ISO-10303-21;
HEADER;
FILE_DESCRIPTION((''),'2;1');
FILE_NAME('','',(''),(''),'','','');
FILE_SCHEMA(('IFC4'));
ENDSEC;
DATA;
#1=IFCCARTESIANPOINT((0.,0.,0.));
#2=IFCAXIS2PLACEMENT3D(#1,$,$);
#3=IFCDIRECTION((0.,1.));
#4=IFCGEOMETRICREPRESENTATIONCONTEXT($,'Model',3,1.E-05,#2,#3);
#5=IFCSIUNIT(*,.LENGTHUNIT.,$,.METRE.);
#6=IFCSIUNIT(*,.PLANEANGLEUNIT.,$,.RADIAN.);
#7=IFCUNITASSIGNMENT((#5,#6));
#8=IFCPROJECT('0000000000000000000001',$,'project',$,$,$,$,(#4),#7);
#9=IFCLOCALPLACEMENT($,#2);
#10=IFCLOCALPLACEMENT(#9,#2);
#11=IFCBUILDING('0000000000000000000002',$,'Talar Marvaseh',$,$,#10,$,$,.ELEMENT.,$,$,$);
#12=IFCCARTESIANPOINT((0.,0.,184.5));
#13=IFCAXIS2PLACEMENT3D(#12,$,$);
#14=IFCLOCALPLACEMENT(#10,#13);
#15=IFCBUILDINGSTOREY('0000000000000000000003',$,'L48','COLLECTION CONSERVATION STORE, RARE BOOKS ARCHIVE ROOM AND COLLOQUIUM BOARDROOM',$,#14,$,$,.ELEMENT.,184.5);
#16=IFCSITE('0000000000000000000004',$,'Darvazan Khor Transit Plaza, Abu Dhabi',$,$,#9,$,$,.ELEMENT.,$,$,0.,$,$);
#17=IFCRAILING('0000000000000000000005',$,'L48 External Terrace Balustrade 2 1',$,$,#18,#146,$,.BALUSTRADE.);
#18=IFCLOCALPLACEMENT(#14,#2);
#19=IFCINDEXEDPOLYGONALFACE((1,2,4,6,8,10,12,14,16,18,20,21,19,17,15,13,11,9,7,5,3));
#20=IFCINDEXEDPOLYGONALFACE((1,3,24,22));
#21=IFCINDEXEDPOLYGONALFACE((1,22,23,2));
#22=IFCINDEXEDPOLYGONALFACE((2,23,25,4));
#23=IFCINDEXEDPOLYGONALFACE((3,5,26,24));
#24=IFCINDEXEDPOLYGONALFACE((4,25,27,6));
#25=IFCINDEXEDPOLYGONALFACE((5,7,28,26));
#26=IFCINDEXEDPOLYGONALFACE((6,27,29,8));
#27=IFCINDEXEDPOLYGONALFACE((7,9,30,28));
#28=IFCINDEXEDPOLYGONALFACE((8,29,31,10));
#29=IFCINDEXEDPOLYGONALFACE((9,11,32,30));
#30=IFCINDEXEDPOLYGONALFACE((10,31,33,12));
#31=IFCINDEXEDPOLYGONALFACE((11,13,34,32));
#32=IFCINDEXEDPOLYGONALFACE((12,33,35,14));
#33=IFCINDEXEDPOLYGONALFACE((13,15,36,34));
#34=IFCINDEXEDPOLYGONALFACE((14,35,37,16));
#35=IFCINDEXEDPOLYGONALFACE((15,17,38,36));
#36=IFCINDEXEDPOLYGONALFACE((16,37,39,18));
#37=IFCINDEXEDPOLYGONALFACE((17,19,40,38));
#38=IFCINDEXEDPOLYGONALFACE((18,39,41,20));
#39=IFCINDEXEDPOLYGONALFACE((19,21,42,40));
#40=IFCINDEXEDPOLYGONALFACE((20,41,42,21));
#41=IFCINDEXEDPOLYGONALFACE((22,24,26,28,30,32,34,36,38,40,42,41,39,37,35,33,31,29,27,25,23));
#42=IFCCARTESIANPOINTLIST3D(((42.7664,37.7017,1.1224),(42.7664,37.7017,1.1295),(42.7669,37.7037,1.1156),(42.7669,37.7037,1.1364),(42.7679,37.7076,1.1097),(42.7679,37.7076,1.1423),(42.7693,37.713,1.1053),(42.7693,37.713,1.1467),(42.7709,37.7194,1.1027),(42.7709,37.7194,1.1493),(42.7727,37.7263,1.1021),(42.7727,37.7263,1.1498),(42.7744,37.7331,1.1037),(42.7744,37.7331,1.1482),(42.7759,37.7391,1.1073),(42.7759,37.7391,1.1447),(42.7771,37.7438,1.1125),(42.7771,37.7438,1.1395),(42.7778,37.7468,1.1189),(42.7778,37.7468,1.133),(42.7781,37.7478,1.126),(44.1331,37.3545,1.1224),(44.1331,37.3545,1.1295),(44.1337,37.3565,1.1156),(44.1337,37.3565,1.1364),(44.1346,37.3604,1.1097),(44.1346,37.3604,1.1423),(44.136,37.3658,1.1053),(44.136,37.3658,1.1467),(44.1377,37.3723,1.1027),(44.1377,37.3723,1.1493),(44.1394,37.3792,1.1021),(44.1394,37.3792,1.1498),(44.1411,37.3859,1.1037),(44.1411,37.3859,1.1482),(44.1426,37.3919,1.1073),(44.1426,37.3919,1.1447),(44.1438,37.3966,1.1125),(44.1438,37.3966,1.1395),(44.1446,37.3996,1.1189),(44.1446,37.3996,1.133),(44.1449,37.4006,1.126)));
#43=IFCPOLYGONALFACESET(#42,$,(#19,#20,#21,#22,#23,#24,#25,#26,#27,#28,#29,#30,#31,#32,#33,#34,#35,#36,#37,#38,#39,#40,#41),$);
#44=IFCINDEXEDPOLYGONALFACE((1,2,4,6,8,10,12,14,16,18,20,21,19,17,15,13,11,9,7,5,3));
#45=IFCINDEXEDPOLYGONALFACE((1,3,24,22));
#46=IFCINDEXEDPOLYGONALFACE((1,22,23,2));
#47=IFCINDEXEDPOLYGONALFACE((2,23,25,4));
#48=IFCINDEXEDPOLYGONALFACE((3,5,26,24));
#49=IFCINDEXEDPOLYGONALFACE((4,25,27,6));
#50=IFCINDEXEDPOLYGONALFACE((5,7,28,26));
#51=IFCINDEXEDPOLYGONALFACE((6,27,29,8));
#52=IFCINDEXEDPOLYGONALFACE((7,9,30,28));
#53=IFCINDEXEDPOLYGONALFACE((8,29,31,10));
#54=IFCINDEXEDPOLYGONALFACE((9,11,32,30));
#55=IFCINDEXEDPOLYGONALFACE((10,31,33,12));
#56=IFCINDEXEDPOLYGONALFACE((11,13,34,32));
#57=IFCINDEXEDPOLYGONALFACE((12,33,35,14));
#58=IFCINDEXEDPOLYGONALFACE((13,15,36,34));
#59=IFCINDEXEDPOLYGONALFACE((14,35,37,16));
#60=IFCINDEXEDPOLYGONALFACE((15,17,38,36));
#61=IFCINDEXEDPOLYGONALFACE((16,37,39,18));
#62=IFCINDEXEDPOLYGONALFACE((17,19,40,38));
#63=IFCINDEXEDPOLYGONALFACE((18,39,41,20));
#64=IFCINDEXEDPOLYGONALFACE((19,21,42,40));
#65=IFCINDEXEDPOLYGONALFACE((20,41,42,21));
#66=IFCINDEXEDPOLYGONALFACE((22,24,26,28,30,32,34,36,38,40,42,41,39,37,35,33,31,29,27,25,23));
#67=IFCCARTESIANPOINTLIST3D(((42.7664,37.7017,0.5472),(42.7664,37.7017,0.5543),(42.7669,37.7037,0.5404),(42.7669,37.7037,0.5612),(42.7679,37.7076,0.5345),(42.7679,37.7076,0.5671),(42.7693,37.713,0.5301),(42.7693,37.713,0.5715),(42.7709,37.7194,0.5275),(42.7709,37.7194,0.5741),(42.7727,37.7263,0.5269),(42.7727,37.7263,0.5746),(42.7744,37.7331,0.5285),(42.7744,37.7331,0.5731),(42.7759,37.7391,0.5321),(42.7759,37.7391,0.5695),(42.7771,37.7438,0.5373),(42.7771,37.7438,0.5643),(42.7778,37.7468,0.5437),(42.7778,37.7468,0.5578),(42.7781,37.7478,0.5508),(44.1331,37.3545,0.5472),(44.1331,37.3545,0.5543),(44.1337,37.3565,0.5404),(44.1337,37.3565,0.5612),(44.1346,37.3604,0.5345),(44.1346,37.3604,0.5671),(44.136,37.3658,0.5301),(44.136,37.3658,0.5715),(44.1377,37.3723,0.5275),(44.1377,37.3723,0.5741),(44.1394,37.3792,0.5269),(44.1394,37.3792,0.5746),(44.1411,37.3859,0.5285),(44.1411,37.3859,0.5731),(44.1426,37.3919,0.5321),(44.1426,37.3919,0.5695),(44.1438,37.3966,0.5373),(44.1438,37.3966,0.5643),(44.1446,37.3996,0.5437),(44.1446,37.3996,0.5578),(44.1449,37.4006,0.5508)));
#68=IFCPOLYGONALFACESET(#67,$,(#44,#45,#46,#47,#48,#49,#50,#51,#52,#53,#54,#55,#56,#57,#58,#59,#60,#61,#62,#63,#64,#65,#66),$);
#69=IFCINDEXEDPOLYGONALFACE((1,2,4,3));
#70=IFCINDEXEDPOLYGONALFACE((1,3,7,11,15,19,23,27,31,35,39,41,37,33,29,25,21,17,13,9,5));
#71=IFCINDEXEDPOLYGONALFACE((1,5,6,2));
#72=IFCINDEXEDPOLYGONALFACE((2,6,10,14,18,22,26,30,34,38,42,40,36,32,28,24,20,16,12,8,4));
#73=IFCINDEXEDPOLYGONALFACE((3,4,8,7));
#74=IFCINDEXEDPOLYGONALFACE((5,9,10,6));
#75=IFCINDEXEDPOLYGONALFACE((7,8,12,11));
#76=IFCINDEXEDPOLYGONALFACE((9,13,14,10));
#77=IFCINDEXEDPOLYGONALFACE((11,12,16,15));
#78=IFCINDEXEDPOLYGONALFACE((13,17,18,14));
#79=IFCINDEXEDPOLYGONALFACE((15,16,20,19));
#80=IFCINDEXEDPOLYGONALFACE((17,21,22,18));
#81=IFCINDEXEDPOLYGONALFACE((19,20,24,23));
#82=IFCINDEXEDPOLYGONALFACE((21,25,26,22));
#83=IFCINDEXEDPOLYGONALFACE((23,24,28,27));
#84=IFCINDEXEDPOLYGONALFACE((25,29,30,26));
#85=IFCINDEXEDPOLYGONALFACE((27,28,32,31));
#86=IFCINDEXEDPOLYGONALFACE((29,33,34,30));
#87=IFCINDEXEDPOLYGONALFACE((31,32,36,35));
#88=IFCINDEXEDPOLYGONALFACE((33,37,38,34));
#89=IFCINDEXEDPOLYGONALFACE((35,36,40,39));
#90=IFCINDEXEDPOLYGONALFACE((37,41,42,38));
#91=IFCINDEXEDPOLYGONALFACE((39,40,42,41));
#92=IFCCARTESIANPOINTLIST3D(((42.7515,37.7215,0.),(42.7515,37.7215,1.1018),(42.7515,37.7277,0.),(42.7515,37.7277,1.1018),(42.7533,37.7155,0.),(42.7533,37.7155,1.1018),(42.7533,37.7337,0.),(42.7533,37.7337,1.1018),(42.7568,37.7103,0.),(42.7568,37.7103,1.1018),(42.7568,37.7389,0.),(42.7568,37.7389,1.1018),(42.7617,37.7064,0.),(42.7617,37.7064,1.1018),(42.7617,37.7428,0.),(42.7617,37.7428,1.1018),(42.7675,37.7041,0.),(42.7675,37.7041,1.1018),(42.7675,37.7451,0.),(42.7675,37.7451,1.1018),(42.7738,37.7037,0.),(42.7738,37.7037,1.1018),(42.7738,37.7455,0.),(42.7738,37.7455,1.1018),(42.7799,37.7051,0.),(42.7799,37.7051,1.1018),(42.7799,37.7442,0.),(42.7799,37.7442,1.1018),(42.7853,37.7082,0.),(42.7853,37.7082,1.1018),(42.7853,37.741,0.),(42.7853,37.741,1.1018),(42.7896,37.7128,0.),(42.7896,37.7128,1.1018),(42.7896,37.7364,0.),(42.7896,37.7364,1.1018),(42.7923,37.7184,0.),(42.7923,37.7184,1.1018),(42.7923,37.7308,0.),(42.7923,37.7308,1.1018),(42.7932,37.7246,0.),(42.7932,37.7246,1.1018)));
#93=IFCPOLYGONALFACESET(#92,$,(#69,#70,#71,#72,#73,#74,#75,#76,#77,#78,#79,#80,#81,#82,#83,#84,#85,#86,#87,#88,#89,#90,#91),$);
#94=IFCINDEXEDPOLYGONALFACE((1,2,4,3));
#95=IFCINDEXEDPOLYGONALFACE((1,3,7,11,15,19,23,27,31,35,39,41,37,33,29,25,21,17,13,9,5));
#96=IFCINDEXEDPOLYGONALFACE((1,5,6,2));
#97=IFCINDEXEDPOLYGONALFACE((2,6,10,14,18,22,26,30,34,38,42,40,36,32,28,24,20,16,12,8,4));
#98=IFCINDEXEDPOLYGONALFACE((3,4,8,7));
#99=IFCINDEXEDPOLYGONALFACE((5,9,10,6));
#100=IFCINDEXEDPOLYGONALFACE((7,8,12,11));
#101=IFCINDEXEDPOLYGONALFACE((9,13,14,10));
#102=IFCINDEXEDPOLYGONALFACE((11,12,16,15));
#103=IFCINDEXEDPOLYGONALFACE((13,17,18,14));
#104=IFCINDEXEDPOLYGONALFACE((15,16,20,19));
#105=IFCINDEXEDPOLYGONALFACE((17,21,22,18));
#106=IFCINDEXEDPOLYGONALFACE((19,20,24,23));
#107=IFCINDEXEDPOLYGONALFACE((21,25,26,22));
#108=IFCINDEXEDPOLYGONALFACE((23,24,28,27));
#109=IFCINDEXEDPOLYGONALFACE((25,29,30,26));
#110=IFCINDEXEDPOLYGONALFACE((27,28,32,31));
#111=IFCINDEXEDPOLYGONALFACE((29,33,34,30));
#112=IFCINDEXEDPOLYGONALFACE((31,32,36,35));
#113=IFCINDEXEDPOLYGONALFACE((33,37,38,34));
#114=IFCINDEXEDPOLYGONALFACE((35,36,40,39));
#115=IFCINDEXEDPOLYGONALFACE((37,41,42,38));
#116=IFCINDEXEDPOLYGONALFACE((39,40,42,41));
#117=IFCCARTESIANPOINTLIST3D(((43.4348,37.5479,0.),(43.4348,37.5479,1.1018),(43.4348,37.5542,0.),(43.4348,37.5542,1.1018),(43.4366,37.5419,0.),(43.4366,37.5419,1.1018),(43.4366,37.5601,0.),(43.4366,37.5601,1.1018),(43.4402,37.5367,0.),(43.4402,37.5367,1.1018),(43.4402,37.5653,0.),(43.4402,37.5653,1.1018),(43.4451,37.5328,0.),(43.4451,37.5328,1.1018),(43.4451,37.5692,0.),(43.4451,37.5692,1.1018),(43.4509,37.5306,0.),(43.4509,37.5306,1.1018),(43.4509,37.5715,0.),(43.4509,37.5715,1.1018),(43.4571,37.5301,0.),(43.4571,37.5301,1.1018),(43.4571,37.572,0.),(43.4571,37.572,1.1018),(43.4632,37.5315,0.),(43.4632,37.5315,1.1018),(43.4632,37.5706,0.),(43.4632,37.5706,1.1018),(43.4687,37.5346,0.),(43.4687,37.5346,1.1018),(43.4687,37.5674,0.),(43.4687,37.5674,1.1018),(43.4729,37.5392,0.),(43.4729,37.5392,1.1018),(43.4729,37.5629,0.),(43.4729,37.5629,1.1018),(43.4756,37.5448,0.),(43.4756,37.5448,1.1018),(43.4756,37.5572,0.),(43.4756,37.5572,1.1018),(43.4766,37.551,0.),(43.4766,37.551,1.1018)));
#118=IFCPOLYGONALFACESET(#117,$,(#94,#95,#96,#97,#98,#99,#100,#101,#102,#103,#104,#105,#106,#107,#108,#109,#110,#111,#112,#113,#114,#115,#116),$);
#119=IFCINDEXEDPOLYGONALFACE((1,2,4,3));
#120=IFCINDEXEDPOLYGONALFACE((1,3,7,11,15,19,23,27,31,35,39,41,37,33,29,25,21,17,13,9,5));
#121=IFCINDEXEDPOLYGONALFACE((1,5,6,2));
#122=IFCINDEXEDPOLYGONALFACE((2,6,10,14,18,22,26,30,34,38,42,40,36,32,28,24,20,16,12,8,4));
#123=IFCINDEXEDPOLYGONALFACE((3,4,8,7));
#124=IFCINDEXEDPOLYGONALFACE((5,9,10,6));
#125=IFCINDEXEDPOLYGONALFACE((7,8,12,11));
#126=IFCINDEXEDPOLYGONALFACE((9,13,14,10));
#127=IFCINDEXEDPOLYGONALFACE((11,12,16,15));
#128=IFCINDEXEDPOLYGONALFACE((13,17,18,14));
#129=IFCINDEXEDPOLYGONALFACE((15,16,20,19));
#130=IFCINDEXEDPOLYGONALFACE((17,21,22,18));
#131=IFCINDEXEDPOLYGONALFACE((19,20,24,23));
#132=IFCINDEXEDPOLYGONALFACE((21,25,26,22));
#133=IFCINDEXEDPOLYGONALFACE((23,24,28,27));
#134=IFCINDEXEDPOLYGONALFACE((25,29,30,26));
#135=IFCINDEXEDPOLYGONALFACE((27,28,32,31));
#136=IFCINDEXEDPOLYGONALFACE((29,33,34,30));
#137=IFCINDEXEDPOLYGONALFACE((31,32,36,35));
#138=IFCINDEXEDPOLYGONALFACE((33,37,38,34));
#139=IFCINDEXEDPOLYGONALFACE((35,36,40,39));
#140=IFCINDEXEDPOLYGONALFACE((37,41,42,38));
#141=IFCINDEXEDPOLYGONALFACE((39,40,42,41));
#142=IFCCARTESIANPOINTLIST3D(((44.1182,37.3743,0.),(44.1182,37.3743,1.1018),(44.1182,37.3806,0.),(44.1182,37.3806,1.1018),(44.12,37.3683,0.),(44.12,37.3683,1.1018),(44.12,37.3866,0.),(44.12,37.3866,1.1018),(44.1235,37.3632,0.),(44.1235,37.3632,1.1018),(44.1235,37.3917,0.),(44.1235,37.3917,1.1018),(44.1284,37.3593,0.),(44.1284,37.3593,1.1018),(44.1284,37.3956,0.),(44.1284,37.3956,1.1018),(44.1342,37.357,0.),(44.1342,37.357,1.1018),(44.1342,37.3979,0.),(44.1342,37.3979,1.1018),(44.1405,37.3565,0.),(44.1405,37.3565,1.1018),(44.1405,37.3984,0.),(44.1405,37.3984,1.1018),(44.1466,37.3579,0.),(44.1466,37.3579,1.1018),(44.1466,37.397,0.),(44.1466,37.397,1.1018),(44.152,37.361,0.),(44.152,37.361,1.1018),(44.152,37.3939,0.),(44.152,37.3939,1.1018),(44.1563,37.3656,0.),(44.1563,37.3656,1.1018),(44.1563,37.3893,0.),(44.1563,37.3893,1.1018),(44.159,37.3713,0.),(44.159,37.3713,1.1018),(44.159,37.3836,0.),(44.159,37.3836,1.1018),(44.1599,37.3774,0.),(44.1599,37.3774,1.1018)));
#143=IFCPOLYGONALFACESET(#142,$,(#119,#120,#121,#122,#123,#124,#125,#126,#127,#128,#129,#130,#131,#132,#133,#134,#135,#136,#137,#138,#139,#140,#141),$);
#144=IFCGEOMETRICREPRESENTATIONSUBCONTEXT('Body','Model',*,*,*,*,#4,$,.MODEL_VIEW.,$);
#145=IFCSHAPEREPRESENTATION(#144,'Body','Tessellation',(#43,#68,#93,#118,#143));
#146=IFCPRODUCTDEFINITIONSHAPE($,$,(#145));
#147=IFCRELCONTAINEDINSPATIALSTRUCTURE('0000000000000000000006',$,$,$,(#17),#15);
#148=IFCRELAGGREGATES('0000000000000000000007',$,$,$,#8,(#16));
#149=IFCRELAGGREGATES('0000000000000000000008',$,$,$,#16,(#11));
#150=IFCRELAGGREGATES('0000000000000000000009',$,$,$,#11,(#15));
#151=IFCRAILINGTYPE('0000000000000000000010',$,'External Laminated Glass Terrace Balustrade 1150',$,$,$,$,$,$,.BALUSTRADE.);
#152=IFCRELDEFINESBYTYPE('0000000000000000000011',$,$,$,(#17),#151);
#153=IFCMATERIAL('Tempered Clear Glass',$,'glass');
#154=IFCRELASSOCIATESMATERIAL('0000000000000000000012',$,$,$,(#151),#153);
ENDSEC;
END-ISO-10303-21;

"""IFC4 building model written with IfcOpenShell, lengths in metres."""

from ifc_helpers import new_model, si_unit, direction, frame, origin, origin_2d, place, context, subcontext, project, spatial, circle, extrude, material, type_object, element, save


model = new_model("IFC4")

# Units and contexts
model_context = context("Model", 3, precision=1e-05, world=origin(), true_north=direction((0.0, 1.0)))
body_context = subcontext(model_context, "Body", "Model", "MODEL_VIEW")
ifc_project = project(units=[si_unit("LENGTHUNIT", "METRE"), si_unit("PLANEANGLEUNIT", "RADIAN")], contexts=[model_context])

# Site, building, storey
site_placement = place(None, origin())
site = spatial("IfcSite", under=ifc_project, at=site_placement, Name="Darvazan Khor Transit Plaza, Abu Dhabi", CompositionType="ELEMENT", RefElevation=0.0)
building_placement = place(site_placement, origin())
building = spatial("IfcBuilding", under=site, at=building_placement, Name="Talar Marvaseh", CompositionType="ELEMENT")
storey_placement = place(building_placement, frame((0.0, 0.0, 184.5)))
storey = spatial("IfcBuildingStorey", under=building, at=storey_placement, Name="L48", Description="COLLECTION CONSERVATION STORE, RARE BOOKS ARCHIVE ROOM AND COLLOQUIUM BOARDROOM", CompositionType="ELEMENT", Elevation=184.5)

# Railing
ifc_material_1 = material(Name="Tempered Clear Glass", Category="glass")
railing_type = type_object("IfcRailingType", Name="External Laminated Glass Terrace Balustrade 1150", PredefinedType="BALUSTRADE", material=ifc_material_1)
railing_1_placement = place(storey_placement, frame((42.7722, 37.7246, 0.0)))
element("IfcRailing", 1, at=railing_1_placement, inside=storey, type_object=railing_type, Name="L48 External Terrace Balustrade 2 1", PredefinedType="BALUSTRADE", context=body_context, shape_type="SweptSolid", body=[
    extrude(circle(Radius=0.0239, at=origin_2d()), frame((0.0, 0.0, 1.126), z_axis=(0.969219, -0.2462, 0.0), x_axis=(0.2462, 0.969219, 0.0)), (0.0, 0.0, 1.0), 1.4102),
    extrude(circle(Radius=0.0239, at=origin_2d()), frame((0.0, 0.0, 0.5508), z_axis=(0.969219, -0.2462, 0.0), x_axis=(0.2462, 0.969219, 0.0)), (0.0, 0.0, 1.0), 1.4102),
    extrude(circle(Radius=0.021, at=origin_2d()), origin(), (0.0, 0.0, 1.0), 1.1018),
    extrude(circle(Radius=0.021, at=origin_2d()), frame((0.6833, -0.1736, 0.0)), (0.0, 0.0, 1.0), 1.1018),
    extrude(circle(Radius=0.021, at=origin_2d()), frame((1.3667, -0.3472, 0.0)), (0.0, 0.0, 1.0), 1.1018),
])

save(model, "model.ifc")
